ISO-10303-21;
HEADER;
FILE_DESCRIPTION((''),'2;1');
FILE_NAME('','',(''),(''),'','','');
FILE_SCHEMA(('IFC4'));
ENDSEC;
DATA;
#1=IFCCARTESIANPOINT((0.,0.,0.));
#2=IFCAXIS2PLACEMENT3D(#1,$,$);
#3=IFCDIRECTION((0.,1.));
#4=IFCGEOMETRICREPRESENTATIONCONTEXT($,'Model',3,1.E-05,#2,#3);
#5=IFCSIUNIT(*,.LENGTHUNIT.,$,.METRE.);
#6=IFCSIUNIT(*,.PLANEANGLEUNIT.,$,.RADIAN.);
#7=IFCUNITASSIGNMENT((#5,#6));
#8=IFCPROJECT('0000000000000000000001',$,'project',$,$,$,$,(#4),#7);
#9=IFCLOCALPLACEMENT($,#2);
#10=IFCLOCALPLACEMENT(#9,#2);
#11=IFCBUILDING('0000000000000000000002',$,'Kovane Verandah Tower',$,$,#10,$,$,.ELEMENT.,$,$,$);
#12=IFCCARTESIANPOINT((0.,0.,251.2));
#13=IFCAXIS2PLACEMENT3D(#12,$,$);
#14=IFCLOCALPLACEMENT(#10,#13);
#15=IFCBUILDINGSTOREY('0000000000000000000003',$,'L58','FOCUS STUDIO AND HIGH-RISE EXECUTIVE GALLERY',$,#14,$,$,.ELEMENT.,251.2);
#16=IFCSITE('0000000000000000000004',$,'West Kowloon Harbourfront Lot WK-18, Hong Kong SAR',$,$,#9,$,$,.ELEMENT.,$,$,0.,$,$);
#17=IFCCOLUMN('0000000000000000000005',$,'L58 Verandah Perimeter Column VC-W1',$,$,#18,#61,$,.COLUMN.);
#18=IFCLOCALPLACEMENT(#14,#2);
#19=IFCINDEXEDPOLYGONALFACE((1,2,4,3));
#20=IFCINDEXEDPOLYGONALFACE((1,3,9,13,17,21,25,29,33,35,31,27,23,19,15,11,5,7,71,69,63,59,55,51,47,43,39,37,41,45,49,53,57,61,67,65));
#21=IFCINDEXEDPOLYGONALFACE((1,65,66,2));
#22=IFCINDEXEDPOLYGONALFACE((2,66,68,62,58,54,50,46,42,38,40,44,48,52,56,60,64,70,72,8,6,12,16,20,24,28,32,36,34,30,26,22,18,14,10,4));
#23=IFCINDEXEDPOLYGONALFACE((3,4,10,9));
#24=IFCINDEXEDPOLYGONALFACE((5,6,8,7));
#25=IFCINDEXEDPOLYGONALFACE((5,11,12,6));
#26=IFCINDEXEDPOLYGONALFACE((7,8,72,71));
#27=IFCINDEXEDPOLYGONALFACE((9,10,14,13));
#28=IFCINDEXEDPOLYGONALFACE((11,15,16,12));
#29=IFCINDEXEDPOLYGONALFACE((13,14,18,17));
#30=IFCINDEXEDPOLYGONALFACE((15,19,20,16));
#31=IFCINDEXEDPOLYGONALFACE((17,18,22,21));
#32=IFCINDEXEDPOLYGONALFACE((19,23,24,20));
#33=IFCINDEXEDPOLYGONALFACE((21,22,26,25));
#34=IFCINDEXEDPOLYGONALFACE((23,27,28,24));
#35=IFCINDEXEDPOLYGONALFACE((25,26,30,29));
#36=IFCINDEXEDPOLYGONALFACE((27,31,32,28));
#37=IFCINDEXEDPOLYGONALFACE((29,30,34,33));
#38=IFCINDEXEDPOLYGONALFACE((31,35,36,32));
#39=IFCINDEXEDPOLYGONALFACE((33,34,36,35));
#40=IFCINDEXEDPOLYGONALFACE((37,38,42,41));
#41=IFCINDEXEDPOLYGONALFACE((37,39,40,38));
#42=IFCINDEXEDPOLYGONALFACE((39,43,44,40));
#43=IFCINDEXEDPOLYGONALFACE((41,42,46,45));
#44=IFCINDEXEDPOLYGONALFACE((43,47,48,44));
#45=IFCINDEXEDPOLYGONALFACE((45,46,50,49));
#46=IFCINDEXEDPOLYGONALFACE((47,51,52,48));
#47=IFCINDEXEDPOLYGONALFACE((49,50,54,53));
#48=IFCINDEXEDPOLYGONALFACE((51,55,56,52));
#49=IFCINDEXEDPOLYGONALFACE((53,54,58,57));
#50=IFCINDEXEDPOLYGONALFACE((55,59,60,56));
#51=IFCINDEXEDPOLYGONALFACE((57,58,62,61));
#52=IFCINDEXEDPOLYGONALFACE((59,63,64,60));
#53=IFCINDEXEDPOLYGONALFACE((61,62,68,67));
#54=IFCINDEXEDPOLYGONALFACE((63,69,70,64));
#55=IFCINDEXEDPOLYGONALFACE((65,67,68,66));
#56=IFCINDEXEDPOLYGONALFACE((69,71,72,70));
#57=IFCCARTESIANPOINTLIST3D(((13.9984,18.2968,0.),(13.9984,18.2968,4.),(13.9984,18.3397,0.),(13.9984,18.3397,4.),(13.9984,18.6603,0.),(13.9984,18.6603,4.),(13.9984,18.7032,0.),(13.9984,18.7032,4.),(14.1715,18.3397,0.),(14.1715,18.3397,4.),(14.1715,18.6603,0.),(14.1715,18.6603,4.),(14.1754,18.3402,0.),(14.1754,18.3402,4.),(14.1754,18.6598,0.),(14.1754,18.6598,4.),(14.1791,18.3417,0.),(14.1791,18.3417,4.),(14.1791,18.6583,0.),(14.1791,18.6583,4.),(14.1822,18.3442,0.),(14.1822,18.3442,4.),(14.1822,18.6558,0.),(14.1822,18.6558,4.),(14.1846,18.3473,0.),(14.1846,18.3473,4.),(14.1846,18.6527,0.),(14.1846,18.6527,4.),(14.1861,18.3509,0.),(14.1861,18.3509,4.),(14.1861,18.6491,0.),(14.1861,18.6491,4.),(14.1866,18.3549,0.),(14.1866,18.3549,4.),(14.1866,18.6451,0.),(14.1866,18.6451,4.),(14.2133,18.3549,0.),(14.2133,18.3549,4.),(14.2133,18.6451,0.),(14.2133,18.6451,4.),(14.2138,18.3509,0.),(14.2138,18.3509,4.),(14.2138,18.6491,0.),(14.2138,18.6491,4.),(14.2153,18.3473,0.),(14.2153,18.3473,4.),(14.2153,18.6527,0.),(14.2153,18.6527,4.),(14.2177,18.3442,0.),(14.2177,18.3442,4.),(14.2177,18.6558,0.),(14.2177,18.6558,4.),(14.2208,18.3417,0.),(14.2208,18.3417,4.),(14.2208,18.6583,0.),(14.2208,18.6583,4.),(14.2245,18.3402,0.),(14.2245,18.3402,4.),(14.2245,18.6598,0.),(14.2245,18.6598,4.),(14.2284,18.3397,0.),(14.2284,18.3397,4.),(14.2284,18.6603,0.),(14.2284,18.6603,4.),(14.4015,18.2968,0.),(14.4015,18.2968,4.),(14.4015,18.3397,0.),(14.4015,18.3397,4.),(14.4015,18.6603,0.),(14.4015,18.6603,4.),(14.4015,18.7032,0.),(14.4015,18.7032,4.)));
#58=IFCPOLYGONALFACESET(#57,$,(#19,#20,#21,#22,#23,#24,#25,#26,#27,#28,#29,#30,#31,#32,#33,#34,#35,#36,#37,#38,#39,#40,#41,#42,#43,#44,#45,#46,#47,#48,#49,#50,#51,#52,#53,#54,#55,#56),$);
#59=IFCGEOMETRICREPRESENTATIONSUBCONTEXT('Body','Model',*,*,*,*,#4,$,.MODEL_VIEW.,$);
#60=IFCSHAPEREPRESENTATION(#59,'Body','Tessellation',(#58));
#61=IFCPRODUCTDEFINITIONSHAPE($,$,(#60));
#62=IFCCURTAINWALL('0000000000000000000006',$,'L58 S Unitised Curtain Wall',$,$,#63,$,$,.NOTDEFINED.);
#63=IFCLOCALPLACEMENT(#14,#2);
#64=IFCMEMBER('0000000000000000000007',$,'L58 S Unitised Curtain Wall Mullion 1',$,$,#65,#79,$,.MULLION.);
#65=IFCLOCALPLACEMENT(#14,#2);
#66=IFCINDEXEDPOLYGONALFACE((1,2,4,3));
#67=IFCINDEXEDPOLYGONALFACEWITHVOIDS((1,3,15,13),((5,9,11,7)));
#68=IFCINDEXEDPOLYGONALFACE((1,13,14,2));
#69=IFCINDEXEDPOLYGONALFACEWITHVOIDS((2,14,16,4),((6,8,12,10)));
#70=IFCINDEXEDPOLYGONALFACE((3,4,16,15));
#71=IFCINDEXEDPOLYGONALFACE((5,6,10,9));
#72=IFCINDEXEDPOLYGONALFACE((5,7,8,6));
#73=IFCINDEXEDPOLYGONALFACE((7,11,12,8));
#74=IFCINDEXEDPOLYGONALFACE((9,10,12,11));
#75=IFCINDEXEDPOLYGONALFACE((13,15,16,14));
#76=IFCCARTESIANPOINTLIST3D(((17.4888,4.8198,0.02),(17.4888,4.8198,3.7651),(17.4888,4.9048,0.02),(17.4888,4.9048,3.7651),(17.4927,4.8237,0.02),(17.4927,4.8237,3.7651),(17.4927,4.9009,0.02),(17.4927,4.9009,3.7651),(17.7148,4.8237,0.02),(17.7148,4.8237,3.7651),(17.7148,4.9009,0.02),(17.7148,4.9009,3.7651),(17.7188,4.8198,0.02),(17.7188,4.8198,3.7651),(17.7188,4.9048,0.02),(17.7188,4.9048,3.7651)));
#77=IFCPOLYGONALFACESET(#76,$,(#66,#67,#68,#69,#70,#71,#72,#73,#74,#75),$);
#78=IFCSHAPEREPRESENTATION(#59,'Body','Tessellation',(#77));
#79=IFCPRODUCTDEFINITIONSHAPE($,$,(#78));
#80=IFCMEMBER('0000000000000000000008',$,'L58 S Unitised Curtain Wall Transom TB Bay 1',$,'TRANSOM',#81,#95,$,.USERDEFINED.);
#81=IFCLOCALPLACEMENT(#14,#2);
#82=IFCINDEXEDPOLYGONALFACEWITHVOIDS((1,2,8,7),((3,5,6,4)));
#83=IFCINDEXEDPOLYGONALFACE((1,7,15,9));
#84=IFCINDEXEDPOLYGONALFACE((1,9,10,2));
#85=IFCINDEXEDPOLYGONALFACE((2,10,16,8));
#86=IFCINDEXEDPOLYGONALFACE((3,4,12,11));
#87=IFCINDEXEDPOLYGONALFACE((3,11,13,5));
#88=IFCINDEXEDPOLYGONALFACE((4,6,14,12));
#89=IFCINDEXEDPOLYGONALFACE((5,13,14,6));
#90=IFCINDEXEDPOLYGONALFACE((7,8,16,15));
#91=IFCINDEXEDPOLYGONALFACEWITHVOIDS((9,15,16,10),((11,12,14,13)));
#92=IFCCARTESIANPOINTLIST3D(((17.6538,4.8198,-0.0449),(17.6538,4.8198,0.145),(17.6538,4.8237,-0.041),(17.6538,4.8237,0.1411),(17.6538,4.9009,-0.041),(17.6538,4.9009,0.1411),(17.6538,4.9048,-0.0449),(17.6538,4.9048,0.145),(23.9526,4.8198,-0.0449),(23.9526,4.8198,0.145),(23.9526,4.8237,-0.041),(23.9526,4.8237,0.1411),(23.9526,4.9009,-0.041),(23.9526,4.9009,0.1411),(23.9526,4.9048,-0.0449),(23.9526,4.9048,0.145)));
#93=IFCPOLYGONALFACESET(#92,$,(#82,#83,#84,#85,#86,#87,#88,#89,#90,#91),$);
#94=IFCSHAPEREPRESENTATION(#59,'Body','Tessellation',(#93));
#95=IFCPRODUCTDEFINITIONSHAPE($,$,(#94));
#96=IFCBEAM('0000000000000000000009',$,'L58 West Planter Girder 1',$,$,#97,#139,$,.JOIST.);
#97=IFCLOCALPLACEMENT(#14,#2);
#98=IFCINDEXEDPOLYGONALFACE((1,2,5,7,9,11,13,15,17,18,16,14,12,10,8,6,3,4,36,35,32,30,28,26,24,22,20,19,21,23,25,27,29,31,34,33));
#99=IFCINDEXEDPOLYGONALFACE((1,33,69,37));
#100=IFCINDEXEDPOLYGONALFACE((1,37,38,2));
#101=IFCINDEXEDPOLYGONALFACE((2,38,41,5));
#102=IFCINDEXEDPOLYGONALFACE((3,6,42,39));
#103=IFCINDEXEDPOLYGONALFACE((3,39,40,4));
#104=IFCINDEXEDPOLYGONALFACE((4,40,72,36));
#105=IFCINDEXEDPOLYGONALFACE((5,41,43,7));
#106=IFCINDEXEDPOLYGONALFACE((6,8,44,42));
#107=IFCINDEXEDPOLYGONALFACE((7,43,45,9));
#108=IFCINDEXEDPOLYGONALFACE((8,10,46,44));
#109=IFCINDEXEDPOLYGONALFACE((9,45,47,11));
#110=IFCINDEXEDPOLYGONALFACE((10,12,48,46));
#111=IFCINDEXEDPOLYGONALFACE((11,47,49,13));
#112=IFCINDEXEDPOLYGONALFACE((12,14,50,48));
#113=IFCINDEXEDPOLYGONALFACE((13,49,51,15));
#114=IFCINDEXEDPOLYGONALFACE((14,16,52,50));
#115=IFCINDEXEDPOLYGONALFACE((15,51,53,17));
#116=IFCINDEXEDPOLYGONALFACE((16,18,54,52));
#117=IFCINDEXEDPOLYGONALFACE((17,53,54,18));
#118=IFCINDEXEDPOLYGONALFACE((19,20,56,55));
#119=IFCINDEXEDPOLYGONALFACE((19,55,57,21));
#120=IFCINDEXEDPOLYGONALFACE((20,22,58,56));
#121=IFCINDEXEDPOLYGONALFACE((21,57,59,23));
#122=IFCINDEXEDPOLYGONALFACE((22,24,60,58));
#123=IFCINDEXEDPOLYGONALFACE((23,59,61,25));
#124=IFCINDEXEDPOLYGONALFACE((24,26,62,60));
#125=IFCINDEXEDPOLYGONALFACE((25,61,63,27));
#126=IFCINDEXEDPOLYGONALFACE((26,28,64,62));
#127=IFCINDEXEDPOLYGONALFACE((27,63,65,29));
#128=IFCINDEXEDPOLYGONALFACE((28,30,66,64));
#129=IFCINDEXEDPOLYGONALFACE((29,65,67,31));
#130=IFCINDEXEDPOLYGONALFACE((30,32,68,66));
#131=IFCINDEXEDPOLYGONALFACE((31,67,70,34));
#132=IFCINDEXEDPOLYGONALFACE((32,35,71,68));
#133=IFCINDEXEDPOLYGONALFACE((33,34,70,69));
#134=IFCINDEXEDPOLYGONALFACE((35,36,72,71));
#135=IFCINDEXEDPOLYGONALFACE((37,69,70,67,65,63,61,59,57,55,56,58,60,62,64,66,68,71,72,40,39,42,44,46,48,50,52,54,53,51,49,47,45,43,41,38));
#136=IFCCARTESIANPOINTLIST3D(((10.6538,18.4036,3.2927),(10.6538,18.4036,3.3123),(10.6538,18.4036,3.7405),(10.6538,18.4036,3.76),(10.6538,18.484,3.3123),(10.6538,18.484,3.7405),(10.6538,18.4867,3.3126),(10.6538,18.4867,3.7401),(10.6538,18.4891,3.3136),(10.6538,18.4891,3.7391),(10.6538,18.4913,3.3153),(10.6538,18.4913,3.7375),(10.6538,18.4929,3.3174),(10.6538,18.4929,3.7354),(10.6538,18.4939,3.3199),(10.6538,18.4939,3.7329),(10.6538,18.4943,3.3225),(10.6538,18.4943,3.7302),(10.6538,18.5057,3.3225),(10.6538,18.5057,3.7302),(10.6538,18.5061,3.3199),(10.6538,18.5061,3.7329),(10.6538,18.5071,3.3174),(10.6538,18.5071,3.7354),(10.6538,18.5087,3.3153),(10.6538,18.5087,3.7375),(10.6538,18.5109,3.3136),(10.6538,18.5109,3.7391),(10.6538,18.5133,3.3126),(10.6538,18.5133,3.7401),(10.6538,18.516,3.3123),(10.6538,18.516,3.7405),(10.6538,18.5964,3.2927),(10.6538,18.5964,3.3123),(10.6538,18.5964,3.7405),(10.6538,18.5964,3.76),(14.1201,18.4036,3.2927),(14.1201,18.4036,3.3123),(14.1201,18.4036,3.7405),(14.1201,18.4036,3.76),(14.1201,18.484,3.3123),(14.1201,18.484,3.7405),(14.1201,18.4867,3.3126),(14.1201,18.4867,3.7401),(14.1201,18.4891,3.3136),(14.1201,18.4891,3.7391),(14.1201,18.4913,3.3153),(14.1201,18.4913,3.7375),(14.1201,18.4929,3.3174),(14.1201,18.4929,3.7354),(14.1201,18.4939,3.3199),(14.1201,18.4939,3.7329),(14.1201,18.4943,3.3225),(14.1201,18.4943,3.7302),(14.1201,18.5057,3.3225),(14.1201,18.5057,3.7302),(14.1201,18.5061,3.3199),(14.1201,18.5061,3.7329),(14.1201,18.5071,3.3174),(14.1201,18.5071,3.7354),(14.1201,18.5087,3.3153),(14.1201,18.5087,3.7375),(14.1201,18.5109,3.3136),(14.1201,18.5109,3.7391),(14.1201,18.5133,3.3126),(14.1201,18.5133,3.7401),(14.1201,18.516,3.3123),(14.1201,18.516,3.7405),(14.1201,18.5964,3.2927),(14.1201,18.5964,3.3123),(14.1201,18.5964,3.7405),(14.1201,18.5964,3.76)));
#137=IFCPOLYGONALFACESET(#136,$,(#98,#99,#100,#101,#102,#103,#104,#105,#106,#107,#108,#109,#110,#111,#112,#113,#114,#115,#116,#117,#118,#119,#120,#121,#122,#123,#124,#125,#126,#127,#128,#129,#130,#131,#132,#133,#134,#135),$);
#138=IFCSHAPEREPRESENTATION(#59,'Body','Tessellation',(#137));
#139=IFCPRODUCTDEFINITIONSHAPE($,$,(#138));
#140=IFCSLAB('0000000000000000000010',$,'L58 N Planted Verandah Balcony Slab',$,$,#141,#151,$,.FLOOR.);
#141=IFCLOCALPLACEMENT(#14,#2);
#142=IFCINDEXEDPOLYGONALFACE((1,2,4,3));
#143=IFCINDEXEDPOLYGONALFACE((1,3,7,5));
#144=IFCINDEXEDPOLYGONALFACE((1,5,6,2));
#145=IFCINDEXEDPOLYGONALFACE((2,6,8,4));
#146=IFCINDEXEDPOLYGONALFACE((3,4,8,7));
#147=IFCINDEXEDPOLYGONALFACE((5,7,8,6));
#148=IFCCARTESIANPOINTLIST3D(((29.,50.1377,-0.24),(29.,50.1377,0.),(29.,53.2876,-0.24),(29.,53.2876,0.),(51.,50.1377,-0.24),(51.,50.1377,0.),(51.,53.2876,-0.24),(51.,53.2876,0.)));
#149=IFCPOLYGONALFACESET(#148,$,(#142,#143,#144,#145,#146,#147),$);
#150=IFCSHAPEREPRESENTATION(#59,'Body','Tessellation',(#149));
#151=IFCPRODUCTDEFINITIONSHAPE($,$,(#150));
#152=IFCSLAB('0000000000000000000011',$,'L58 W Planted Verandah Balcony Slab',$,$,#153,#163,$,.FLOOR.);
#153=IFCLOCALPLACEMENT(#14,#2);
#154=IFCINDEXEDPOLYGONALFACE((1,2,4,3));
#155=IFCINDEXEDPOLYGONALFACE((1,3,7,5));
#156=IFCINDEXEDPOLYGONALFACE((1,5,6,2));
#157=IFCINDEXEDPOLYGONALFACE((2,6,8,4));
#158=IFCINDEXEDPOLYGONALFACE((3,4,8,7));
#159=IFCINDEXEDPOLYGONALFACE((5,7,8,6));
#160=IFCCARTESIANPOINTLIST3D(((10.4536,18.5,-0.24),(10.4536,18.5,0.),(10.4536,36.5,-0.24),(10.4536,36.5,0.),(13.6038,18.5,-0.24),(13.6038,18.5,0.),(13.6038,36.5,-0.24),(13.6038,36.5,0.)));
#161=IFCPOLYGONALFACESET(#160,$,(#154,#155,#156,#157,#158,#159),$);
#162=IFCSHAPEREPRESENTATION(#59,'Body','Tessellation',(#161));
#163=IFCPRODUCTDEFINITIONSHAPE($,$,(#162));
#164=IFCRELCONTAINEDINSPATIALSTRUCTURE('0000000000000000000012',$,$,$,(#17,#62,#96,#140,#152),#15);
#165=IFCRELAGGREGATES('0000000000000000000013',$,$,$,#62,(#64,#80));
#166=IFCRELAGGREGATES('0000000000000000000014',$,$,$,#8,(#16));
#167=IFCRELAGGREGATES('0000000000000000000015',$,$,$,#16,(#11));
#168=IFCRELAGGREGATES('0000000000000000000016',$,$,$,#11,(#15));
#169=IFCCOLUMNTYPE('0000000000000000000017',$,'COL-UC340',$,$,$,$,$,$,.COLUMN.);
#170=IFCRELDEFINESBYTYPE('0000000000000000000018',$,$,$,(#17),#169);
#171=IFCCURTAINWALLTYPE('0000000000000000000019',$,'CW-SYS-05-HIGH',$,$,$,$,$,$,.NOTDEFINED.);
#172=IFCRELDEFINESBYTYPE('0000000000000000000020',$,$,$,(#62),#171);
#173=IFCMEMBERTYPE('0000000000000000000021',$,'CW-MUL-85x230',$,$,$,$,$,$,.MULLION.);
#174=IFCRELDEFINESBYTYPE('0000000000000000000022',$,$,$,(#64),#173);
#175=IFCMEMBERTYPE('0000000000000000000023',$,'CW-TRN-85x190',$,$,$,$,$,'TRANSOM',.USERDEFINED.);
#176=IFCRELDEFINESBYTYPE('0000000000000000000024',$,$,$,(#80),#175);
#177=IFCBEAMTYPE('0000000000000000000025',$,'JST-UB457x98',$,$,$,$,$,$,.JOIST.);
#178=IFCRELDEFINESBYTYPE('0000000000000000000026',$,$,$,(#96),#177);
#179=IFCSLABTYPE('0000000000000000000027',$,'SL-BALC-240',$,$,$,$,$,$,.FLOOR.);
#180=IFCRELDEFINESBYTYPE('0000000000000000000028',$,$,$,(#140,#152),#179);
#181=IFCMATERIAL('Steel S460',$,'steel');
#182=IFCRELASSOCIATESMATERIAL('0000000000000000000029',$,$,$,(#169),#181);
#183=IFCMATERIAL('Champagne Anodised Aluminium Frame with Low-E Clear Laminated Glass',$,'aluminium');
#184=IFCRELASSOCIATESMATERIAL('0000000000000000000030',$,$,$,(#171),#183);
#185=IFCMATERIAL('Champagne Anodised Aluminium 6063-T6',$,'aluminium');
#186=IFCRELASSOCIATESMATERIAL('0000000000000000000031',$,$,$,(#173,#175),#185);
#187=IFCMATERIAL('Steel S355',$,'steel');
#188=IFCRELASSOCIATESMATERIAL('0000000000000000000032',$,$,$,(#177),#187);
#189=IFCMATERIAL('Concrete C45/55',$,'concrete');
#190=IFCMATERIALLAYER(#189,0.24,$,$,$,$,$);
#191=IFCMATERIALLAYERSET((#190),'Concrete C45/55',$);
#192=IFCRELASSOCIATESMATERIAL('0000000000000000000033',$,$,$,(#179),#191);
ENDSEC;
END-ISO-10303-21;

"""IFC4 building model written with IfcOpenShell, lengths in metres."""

from ifc_helpers import new_model, si_unit, direction, frame, origin, origin_2d, place, context, subcontext, project, spatial, polyline, hollow_rectangle, i_section, outline, extrude, material, layer, layer_set, material_profile, profile_set, type_object, element, aggregate, save


model = new_model("IFC4")

# Units and contexts
model_context = context("Model", 3, precision=1e-05, world=origin(), true_north=direction((0.0, 1.0)))
body_context = subcontext(model_context, "Body", "Model", "MODEL_VIEW")
ifc_project = project(units=[si_unit("LENGTHUNIT", "METRE"), si_unit("PLANEANGLEUNIT", "RADIAN")], contexts=[model_context])

# Site, building, storey
site_placement = place(None, origin())
site = spatial("IfcSite", under=ifc_project, at=site_placement, Name="West Kowloon Harbourfront Lot WK-18, Hong Kong SAR", CompositionType="ELEMENT", RefElevation=0.0)
building_placement = place(site_placement, origin())
building = spatial("IfcBuilding", under=site, at=building_placement, Name="Kovane Verandah Tower", CompositionType="ELEMENT")
storey_placement = place(building_placement, frame((0.0, 0.0, 251.2)))
storey = spatial("IfcBuildingStorey", under=building, at=storey_placement, Name="L58", Description="FOCUS STUDIO AND HIGH-RISE EXECUTIVE GALLERY", CompositionType="ELEMENT", Elevation=251.2)

# Column
ifc_material_1 = material(Name="Steel S460", Category="steel")
ifc_material_profile_1 = material_profile(ifc_material_1, i_section(OverallWidth=0.4031, OverallDepth=0.4065, WebThickness=0.0266, FlangeThickness=0.043, FilletRadius=0.0151, at=origin_2d()), Name="UC356x406x340")
ifc_profile_set_1 = profile_set([ifc_material_profile_1], Name="Steel S460")
column_type = type_object("IfcColumnType", Name="COL-UC340", PredefinedType="COLUMN", material=ifc_profile_set_1)
column_placement = place(storey_placement, frame((14.2, 18.5, 0.0), z_axis=(0.0, 0.0, 1.0), x_axis=(1.0, 0.0, 0.0)))
element("IfcColumn", 1, at=column_placement, inside=storey, type_object=column_type, Name="L58 Verandah Perimeter Column VC-W1", PredefinedType="COLUMN", context=body_context, shape_type="SweptSolid", body=[
    extrude(i_section(OverallWidth=0.4031, OverallDepth=0.4065, WebThickness=0.0266, FlangeThickness=0.043, FilletRadius=0.0151, at=origin_2d()), origin(), (0.0, 0.0, 1.0), 4.0),
])

# Curtain wall, members
ifc_material_2 = material(Name="Champagne Anodised Aluminium Frame with Low-E Clear Laminated Glass", Category="aluminium")
curtain_wall_type = type_object("IfcCurtainWallType", Name="CW-SYS-05-HIGH", PredefinedType="NOTDEFINED", material=ifc_material_2)
curtain_wall_placement = place(storey_placement, origin())
curtain_wall = element("IfcCurtainWall", 2, at=curtain_wall_placement, inside=storey, type_object=curtain_wall_type, Name="L58 S Unitised Curtain Wall", PredefinedType="NOTDEFINED")
ifc_material_3 = material(Name="Champagne Anodised Aluminium 6063-T6", Category="aluminium")
ifc_material_profile_2 = material_profile(ifc_material_3, hollow_rectangle(XDim=0.085, YDim=0.23, WallThickness=0.0039, at=origin_2d()), Name="AL85x230x4")
ifc_profile_set_2 = profile_set([ifc_material_profile_2], Name="Champagne Anodised Aluminium 6063-T6")
member_type_1 = type_object("IfcMemberType", Name="CW-MUL-85x230", PredefinedType="MULLION", material=ifc_profile_set_2)
member_1_placement = place(storey_placement, frame((17.6038, 4.8623, 0.02), z_axis=(0.0, 0.0, 1.0), x_axis=(0.0, -1.0, 0.0)))
member_1 = element("IfcMember", 3, at=member_1_placement, type_object=member_type_1, Name="L58 S Unitised Curtain Wall Mullion 1", PredefinedType="MULLION", context=body_context, shape_type="SweptSolid", body=[
    extrude(hollow_rectangle(XDim=0.085, YDim=0.23, WallThickness=0.0039, at=origin_2d()), origin(), (0.0, 0.0, 1.0), 3.7451),
])
ifc_material_profile_3 = material_profile(ifc_material_3, hollow_rectangle(XDim=0.085, YDim=0.1899, WallThickness=0.0039, at=origin_2d()), Name="AL85x190x4")
ifc_profile_set_3 = profile_set([ifc_material_profile_3], Name="Champagne Anodised Aluminium 6063-T6")
member_type_2 = type_object("IfcMemberType", Name="CW-TRN-85x190", ElementType="TRANSOM", PredefinedType="USERDEFINED", material=ifc_profile_set_3)
member_2_placement = place(storey_placement, frame((17.6538, 4.8623, 0.05), z_axis=(1.0, 0.0, 0.0), x_axis=(0.0, 1.0, 0.0)))
member_2 = element("IfcMember", 4, at=member_2_placement, type_object=member_type_2, Name="L58 S Unitised Curtain Wall Transom TB Bay 1", ObjectType="TRANSOM", PredefinedType="USERDEFINED", context=body_context, shape_type="SweptSolid", body=[
    extrude(hollow_rectangle(XDim=0.085, YDim=0.1899, WallThickness=0.0039, at=origin_2d()), origin(), (0.0, 0.0, 1.0), 6.2988),
])
aggregate(curtain_wall, [member_1, member_2])

# Beam
ifc_material_4 = material(Name="Steel S355", Category="steel")
ifc_material_profile_4 = material_profile(ifc_material_4, i_section(OverallWidth=0.1929, OverallDepth=0.4673, WebThickness=0.0115, FlangeThickness=0.0195, FilletRadius=0.0103, at=origin_2d()), Name="UB457x191x98")
ifc_profile_set_4 = profile_set([ifc_material_profile_4], Name="Steel S355")
beam_type = type_object("IfcBeamType", Name="JST-UB457x98", PredefinedType="JOIST", material=ifc_profile_set_4)
beam_placement = place(storey_placement, frame((14.1201, 18.5, 3.5264), z_axis=(-1.0, 0.0, 0.0), x_axis=(0.0, -1.0, 0.0)))
element("IfcBeam", 5, at=beam_placement, inside=storey, type_object=beam_type, Name="L58 West Planter Girder 1", PredefinedType="JOIST", context=body_context, shape_type="SweptSolid", body=[
    extrude(i_section(OverallWidth=0.1929, OverallDepth=0.4673, WebThickness=0.0115, FlangeThickness=0.0195, FilletRadius=0.0103, at=origin_2d()), origin(), (0.0, 0.0, 1.0), 3.4663),
])

# Slabs
ifc_material_5 = material(Name="Concrete C45/55", Category="concrete")
ifc_layer_1 = layer(ifc_material_5, 0.24)
ifc_layer_set_1 = layer_set([ifc_layer_1], Name="Concrete C45/55")
slab_type_1 = type_object("IfcSlabType", Name="SL-BALC-240", PredefinedType="FLOOR", material=ifc_layer_set_1)
slab_1_placement = place(storey_placement, frame((0.0, 0.0, -0.24)))
element("IfcSlab", 6, at=slab_1_placement, inside=storey, type_object=slab_type_1, Name="L58 N Planted Verandah Balcony Slab", PredefinedType="FLOOR", context=body_context, shape_type="SweptSolid", body=[
    extrude(outline(polyline([(29.0, 50.1377), (51.0, 50.1377), (51.0, 53.2876), (29.0, 53.2876), (29.0, 50.1377)])), origin(), (0.0, 0.0, 1.0), 0.24),
])
slab_2_placement = place(storey_placement, frame((0.0, 0.0, -0.24)))
element("IfcSlab", 7, at=slab_2_placement, inside=storey, type_object=slab_type_1, Name="L58 W Planted Verandah Balcony Slab", PredefinedType="FLOOR", context=body_context, shape_type="SweptSolid", body=[
    extrude(outline(polyline([(10.4536, 18.5), (13.6038, 18.5), (13.6038, 36.5), (10.4536, 36.5), (10.4536, 18.5)])), origin(), (0.0, 0.0, 1.0), 0.24),
])

save(model, "model.ifc")
